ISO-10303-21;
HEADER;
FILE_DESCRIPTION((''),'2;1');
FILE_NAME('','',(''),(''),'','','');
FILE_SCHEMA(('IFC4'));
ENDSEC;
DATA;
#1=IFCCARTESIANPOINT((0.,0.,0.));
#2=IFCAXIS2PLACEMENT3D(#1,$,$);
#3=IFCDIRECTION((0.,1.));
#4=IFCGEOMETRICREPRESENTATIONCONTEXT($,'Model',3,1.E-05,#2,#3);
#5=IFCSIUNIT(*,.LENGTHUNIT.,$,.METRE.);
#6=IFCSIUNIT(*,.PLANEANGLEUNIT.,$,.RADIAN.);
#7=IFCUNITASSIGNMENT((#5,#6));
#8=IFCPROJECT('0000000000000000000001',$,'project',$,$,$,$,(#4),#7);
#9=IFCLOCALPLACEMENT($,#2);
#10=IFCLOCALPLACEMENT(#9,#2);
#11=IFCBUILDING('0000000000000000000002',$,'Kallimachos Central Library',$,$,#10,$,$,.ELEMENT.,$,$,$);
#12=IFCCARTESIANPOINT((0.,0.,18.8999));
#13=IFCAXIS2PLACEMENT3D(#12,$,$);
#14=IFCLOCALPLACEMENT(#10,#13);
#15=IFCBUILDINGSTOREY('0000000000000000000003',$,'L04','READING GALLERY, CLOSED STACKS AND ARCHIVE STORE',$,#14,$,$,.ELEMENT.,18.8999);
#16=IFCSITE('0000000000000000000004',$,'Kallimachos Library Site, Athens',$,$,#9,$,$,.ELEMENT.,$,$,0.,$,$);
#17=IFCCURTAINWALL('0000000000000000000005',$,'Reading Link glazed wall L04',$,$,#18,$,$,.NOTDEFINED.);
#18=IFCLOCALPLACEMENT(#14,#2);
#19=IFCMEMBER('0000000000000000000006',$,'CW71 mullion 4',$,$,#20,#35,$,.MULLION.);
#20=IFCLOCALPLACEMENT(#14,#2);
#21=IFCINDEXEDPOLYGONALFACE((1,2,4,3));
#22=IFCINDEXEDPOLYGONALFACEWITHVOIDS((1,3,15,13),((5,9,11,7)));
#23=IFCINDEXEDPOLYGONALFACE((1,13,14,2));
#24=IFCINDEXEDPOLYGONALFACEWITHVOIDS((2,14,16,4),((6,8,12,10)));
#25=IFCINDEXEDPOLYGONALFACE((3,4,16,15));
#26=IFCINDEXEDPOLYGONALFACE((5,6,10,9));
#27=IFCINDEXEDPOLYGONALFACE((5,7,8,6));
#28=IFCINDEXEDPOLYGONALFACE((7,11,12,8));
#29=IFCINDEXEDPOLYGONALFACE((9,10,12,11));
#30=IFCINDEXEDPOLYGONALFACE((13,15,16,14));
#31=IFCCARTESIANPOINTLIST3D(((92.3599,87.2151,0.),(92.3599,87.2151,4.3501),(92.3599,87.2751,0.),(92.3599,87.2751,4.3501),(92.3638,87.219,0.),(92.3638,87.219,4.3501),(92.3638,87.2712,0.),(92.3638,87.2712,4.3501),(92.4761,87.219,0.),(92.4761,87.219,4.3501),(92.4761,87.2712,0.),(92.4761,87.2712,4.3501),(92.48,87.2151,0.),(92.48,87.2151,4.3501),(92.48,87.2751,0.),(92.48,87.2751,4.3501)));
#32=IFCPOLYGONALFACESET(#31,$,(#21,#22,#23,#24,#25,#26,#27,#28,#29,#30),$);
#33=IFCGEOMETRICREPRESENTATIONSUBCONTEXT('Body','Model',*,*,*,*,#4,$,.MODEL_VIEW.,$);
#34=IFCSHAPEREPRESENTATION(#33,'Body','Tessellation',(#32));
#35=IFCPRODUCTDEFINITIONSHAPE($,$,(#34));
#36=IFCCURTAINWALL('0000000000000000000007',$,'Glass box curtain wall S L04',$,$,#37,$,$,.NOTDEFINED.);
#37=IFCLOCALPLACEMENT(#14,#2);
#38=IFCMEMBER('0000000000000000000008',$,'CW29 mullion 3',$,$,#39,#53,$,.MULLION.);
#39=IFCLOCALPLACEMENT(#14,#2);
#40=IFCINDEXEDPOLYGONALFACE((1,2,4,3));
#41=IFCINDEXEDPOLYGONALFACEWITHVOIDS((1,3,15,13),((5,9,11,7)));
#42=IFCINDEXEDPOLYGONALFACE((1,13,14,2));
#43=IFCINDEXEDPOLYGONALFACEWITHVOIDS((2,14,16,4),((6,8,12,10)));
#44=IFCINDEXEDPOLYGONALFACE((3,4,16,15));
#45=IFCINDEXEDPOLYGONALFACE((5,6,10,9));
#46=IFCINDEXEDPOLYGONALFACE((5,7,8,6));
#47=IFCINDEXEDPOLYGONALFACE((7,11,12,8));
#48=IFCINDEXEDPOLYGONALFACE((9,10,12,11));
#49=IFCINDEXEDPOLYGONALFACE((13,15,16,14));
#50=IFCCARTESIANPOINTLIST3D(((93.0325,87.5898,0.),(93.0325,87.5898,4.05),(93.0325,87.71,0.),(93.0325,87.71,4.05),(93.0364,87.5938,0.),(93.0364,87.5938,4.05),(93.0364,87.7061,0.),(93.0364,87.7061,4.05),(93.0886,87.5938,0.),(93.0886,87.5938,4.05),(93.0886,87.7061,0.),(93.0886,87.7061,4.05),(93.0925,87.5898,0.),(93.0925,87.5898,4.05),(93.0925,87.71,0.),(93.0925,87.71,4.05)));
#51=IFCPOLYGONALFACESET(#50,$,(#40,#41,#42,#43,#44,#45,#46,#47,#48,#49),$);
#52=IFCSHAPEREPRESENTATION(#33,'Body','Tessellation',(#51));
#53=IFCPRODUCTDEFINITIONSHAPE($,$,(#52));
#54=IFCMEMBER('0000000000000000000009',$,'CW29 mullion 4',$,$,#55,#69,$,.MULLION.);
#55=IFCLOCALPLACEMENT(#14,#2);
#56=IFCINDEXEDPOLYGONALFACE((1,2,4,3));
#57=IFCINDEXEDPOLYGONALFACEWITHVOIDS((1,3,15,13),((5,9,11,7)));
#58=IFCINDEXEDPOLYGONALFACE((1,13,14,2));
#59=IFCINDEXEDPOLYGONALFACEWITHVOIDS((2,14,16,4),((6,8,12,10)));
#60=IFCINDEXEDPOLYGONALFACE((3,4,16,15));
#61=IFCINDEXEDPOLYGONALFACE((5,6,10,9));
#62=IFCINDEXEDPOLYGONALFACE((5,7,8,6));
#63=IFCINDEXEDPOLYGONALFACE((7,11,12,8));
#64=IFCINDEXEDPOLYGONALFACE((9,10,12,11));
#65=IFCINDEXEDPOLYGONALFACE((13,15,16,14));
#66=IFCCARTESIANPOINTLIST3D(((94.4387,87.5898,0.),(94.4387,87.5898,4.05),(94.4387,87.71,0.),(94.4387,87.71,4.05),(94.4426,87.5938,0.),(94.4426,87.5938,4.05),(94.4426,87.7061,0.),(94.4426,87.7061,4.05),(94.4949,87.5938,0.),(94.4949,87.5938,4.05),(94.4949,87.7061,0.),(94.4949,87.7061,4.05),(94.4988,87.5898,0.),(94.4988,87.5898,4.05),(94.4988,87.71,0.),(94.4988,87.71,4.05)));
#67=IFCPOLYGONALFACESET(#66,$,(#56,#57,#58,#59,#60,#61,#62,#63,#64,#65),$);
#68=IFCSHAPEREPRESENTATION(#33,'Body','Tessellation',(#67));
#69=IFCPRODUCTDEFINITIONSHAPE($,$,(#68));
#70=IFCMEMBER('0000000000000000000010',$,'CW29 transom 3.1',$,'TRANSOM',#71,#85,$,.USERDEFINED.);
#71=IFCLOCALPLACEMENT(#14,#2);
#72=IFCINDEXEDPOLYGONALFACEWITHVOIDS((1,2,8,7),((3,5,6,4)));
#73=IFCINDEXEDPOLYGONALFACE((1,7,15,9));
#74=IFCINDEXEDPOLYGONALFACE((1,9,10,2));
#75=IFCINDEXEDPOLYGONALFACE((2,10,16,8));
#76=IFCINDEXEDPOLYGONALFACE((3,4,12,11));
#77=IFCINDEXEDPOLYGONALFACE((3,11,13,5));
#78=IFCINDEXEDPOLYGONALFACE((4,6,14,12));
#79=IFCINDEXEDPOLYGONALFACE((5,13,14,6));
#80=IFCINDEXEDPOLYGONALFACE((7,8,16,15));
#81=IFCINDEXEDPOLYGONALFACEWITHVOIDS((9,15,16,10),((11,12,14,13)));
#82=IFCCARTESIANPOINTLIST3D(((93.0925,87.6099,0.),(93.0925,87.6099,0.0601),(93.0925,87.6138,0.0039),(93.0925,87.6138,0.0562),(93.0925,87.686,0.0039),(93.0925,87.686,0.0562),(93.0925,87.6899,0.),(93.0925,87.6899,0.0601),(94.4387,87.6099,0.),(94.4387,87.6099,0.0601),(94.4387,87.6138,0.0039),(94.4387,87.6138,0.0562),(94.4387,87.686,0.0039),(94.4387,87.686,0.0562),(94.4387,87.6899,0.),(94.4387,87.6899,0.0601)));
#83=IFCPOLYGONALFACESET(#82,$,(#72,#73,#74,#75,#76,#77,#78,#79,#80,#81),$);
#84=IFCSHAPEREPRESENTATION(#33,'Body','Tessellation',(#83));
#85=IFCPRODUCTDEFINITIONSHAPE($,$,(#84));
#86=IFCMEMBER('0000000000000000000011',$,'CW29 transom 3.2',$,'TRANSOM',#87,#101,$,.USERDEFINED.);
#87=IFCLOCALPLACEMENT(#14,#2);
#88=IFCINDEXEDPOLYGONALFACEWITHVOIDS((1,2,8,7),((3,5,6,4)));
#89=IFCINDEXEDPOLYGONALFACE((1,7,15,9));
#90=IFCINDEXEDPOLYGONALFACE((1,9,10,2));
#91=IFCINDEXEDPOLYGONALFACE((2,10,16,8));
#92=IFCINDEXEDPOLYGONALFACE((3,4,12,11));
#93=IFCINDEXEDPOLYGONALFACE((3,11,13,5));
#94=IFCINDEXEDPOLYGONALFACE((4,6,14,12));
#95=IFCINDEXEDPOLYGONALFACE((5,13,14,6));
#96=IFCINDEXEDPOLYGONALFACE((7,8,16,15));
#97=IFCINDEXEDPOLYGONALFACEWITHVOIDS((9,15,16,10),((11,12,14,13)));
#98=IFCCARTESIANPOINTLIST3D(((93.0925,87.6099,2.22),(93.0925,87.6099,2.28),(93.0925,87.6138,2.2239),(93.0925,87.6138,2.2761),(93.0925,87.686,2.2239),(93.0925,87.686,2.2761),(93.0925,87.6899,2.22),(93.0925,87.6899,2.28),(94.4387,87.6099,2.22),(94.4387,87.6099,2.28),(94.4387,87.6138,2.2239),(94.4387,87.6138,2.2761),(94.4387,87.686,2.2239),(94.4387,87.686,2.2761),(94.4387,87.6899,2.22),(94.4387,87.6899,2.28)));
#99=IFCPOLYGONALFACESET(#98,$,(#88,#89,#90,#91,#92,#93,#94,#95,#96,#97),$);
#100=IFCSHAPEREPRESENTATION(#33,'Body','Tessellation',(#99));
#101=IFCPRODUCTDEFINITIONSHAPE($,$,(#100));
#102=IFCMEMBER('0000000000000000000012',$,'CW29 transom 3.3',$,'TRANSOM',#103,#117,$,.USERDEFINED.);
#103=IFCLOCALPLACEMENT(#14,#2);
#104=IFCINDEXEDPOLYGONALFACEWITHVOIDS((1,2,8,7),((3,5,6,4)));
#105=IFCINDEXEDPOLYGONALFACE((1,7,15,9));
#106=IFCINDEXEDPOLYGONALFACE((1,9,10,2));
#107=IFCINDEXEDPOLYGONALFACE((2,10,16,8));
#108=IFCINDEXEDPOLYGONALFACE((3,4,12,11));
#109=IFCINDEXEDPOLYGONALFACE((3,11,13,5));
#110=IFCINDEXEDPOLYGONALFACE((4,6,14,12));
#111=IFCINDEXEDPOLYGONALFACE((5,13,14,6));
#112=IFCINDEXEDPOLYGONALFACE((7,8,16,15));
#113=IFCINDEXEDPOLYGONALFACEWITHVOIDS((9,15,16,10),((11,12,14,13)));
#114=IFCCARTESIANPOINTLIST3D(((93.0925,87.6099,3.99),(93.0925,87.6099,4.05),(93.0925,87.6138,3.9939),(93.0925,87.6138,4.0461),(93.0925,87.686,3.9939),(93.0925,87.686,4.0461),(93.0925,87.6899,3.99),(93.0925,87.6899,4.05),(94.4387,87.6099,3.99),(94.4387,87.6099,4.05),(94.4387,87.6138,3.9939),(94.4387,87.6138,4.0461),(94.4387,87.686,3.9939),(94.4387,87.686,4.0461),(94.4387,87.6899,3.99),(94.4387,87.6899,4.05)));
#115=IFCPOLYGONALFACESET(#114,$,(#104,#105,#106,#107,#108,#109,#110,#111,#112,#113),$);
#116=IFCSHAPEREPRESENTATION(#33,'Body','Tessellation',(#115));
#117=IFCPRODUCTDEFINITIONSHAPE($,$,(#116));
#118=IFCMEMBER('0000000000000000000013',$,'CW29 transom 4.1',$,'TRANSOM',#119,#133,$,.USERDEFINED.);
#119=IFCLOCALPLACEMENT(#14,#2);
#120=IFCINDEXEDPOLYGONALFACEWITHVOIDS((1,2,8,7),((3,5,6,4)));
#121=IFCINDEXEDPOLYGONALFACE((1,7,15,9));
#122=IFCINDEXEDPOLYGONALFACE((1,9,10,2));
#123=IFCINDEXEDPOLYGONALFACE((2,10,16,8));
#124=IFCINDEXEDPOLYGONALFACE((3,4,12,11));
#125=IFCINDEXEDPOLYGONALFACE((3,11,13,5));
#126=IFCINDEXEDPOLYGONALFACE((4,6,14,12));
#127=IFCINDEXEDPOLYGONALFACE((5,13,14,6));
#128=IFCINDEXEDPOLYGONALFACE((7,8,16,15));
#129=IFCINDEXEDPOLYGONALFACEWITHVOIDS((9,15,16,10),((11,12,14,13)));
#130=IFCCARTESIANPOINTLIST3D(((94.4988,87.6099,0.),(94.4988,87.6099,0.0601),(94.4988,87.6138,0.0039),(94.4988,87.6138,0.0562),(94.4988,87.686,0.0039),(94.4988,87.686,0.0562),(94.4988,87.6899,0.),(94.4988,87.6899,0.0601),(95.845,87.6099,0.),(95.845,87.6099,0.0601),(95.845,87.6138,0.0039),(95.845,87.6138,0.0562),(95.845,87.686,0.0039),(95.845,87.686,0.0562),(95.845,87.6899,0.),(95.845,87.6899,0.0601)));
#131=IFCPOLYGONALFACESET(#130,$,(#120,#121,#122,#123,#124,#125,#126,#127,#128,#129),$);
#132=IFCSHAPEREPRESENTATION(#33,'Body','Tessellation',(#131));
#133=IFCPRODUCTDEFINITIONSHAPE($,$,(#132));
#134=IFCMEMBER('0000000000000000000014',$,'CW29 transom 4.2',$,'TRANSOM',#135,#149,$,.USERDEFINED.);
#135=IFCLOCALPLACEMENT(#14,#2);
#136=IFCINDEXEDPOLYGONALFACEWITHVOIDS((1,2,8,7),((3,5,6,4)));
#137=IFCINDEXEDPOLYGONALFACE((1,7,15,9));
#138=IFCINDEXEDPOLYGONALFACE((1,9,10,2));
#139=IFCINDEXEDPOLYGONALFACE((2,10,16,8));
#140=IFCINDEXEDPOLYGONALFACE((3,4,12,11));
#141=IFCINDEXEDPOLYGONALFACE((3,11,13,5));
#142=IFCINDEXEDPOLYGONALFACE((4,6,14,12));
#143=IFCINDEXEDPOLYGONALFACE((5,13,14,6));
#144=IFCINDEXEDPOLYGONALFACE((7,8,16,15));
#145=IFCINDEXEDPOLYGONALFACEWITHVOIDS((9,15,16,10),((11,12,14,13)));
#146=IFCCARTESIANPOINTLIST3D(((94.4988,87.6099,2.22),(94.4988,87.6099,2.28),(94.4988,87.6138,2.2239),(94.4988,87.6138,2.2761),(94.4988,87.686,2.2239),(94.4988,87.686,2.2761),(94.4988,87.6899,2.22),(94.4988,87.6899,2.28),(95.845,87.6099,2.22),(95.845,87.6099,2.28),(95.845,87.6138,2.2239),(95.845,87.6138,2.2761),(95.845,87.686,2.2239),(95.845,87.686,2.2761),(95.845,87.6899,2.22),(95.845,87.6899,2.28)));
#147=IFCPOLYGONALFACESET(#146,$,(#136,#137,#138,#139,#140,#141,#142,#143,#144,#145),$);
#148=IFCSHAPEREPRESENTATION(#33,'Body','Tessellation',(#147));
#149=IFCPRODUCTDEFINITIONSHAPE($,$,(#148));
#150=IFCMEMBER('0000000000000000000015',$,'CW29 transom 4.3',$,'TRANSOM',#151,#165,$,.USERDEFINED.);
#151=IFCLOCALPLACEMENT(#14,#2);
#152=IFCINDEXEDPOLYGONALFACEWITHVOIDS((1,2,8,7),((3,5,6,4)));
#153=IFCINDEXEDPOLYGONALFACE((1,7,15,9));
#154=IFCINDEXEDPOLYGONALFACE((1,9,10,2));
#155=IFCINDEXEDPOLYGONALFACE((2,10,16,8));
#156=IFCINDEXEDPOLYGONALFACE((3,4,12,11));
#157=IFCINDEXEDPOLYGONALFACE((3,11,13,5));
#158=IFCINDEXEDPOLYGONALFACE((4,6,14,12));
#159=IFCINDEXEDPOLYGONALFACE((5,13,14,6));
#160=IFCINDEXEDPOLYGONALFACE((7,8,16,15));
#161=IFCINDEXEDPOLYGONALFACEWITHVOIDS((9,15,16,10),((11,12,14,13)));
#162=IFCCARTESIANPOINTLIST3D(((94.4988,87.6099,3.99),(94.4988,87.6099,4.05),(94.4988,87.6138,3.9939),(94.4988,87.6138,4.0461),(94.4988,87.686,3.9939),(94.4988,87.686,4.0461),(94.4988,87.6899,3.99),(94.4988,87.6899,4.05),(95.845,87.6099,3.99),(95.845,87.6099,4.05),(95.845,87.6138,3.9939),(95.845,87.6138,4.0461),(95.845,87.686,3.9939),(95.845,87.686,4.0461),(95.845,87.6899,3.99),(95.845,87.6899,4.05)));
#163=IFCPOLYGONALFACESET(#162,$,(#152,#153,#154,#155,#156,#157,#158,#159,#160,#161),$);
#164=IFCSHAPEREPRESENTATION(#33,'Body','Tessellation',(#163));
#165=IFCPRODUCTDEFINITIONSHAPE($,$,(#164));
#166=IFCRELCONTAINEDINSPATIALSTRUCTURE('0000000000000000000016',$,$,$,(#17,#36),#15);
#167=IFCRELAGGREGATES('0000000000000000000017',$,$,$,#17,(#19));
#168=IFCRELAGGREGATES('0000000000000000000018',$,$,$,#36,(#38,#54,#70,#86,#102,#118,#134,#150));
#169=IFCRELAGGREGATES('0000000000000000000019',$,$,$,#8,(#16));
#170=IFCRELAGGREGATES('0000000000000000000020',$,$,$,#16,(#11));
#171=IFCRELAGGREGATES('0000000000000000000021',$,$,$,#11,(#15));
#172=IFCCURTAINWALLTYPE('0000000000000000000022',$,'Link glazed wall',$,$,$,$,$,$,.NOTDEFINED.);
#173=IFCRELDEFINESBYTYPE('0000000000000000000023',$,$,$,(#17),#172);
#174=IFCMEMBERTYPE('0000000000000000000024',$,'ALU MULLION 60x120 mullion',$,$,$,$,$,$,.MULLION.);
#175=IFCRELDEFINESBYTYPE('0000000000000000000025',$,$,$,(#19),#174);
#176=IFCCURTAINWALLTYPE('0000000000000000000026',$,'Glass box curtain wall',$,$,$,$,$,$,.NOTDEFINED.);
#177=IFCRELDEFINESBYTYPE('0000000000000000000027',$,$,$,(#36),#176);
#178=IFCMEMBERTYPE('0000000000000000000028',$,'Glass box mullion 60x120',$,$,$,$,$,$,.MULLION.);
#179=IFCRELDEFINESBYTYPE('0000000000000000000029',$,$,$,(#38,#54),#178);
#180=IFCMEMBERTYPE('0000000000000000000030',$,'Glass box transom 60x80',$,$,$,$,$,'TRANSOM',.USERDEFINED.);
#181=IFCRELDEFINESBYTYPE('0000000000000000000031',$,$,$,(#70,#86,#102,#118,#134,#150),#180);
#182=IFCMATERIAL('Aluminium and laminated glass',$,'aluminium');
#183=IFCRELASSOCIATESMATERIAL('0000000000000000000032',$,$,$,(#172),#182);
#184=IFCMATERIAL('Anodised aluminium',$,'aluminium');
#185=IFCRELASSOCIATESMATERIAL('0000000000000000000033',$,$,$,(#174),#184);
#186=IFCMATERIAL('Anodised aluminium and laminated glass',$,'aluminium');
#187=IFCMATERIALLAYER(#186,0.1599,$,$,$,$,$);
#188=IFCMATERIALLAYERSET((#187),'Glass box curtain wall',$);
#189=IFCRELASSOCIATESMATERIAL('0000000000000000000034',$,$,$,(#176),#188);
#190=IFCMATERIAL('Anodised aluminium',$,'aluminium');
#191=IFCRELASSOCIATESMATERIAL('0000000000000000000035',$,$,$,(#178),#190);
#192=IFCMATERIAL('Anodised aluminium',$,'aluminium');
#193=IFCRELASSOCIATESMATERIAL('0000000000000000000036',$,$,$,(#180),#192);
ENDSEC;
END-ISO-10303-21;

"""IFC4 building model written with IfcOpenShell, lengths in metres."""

from ifc_helpers import new_model, si_unit, direction, frame, origin, origin_2d, place, context, subcontext, project, spatial, hollow_rectangle, extrude, material, layer, layer_set, material_profile, profile_set, type_object, element, aggregate, save


model = new_model("IFC4")

# Units and contexts
model_context = context("Model", 3, precision=1e-05, world=origin(), true_north=direction((0.0, 1.0)))
body_context = subcontext(model_context, "Body", "Model", "MODEL_VIEW")
ifc_project = project(units=[si_unit("LENGTHUNIT", "METRE"), si_unit("PLANEANGLEUNIT", "RADIAN")], contexts=[model_context])

# Site, building, storey
site_placement = place(None, origin())
site = spatial("IfcSite", under=ifc_project, at=site_placement, Name="Kallimachos Library Site, Athens", CompositionType="ELEMENT", RefElevation=0.0)
building_placement = place(site_placement, origin())
building = spatial("IfcBuilding", under=site, at=building_placement, Name="Kallimachos Central Library", CompositionType="ELEMENT")
storey_placement = place(building_placement, frame((0.0, 0.0, 18.8999)))
storey = spatial("IfcBuildingStorey", under=building, at=storey_placement, Name="L04", Description="READING GALLERY, CLOSED STACKS AND ARCHIVE STORE", CompositionType="ELEMENT", Elevation=18.8999)

# Curtain wall, member
ifc_material_1 = material(Name="Aluminium and laminated glass", Category="aluminium")
curtain_wall_type_1 = type_object("IfcCurtainWallType", Name="Link glazed wall", PredefinedType="NOTDEFINED", material=ifc_material_1)
curtain_wall_1_placement = place(storey_placement, origin())
curtain_wall_1 = element("IfcCurtainWall", 1, at=curtain_wall_1_placement, inside=storey, type_object=curtain_wall_type_1, Name="Reading Link glazed wall L04", PredefinedType="NOTDEFINED")
ifc_material_2 = material(Name="Anodised aluminium", Category="aluminium")
ifc_material_profile_1 = material_profile(ifc_material_2, hollow_rectangle(XDim=0.0601, YDim=0.1201, WallThickness=0.0039, at=origin_2d()), Name="ALU MULLION 60x120")
ifc_profile_set_1 = profile_set([ifc_material_profile_1], Name="Anodised aluminium")
member_type_1 = type_object("IfcMemberType", Name="ALU MULLION 60x120 mullion", PredefinedType="MULLION", material=ifc_profile_set_1)
member_1_placement = place(storey_placement, frame((92.4199, 87.2451, 0.0), z_axis=(0.0, 0.0, 1.0), x_axis=(0.0, 1.0, 0.0)))
member_1 = element("IfcMember", 2, at=member_1_placement, type_object=member_type_1, Name="CW71 mullion 4", PredefinedType="MULLION", context=body_context, shape_type="SweptSolid", body=[
    extrude(hollow_rectangle(XDim=0.0601, YDim=0.1201, WallThickness=0.0039, at=origin_2d()), origin(), (0.0, 0.0, 1.0), 4.3501),
])
aggregate(curtain_wall_1, [member_1])

# Curtain wall, members
ifc_material_3 = material(Name="Anodised aluminium and laminated glass", Category="aluminium")
ifc_layer_1 = layer(ifc_material_3, 0.1599)
ifc_layer_set_1 = layer_set([ifc_layer_1], Name="Glass box curtain wall")
curtain_wall_type_2 = type_object("IfcCurtainWallType", Name="Glass box curtain wall", PredefinedType="NOTDEFINED", material=ifc_layer_set_1)
curtain_wall_2_placement = place(storey_placement, origin())
curtain_wall_2 = element("IfcCurtainWall", 3, at=curtain_wall_2_placement, inside=storey, type_object=curtain_wall_type_2, Name="Glass box curtain wall S L04", PredefinedType="NOTDEFINED")
ifc_material_4 = material(Name="Anodised aluminium", Category="aluminium")
ifc_material_profile_2 = material_profile(ifc_material_4, hollow_rectangle(XDim=0.0601, YDim=0.1201, WallThickness=0.0039, at=origin_2d()), Name="ALU MULLION 60x120")
ifc_profile_set_2 = profile_set([ifc_material_profile_2], Name="Anodised aluminium")
member_type_2 = type_object("IfcMemberType", Name="Glass box mullion 60x120", PredefinedType="MULLION", material=ifc_profile_set_2)
member_2_placement = place(storey_placement, frame((93.0625, 87.6499, 0.0), z_axis=(0.0, 0.0, 1.0), x_axis=(1.0, 0.0, 0.0)))
member_2 = element("IfcMember", 4, at=member_2_placement, type_object=member_type_2, Name="CW29 mullion 3", PredefinedType="MULLION", context=body_context, shape_type="SweptSolid", body=[
    extrude(hollow_rectangle(XDim=0.0601, YDim=0.1201, WallThickness=0.0039, at=origin_2d()), origin(), (0.0, 0.0, 1.0), 4.05),
])
member_3_placement = place(storey_placement, frame((94.4688, 87.6499, 0.0), z_axis=(0.0, 0.0, 1.0), x_axis=(1.0, 0.0, 0.0)))
member_3 = element("IfcMember", 5, at=member_3_placement, type_object=member_type_2, Name="CW29 mullion 4", PredefinedType="MULLION", context=body_context, shape_type="SweptSolid", body=[
    extrude(hollow_rectangle(XDim=0.0601, YDim=0.1201, WallThickness=0.0039, at=origin_2d()), origin(), (0.0, 0.0, 1.0), 4.05),
])
ifc_material_5 = material(Name="Anodised aluminium", Category="aluminium")
ifc_material_profile_3 = material_profile(ifc_material_5, hollow_rectangle(XDim=0.0601, YDim=0.0801, WallThickness=0.0039, at=origin_2d()), Name="ALU TRANSOM 60x80")
ifc_profile_set_3 = profile_set([ifc_material_profile_3], Name="Anodised aluminium")
member_type_3 = type_object("IfcMemberType", Name="Glass box transom 60x80", ElementType="TRANSOM", PredefinedType="USERDEFINED", material=ifc_profile_set_3)
member_4_placement = place(storey_placement, frame((93.0925, 87.6499, 0.03), z_axis=(1.0, 0.0, 0.0), x_axis=(0.0, 0.0, 1.0)))
member_4 = element("IfcMember", 6, at=member_4_placement, type_object=member_type_3, Name="CW29 transom 3.1", ObjectType="TRANSOM", PredefinedType="USERDEFINED", context=body_context, shape_type="SweptSolid", body=[
    extrude(hollow_rectangle(XDim=0.0601, YDim=0.0801, WallThickness=0.0039, at=origin_2d()), origin(), (0.0, 0.0, 1.0), 1.3462),
])
member_5_placement = place(storey_placement, frame((93.0925, 87.6499, 2.25), z_axis=(1.0, 0.0, 0.0), x_axis=(0.0, 0.0, 1.0)))
member_5 = element("IfcMember", 7, at=member_5_placement, type_object=member_type_3, Name="CW29 transom 3.2", ObjectType="TRANSOM", PredefinedType="USERDEFINED", context=body_context, shape_type="SweptSolid", body=[
    extrude(hollow_rectangle(XDim=0.0601, YDim=0.0801, WallThickness=0.0039, at=origin_2d()), origin(), (0.0, 0.0, 1.0), 1.3462),
])
member_6_placement = place(storey_placement, frame((93.0925, 87.6499, 4.02), z_axis=(1.0, 0.0, 0.0), x_axis=(0.0, 0.0, 1.0)))
member_6 = element("IfcMember", 8, at=member_6_placement, type_object=member_type_3, Name="CW29 transom 3.3", ObjectType="TRANSOM", PredefinedType="USERDEFINED", context=body_context, shape_type="SweptSolid", body=[
    extrude(hollow_rectangle(XDim=0.0601, YDim=0.0801, WallThickness=0.0039, at=origin_2d()), origin(), (0.0, 0.0, 1.0), 1.3462),
])
member_7_placement = place(storey_placement, frame((94.4988, 87.6499, 0.03), z_axis=(1.0, 0.0, 0.0), x_axis=(0.0, 0.0, 1.0)))
member_7 = element("IfcMember", 9, at=member_7_placement, type_object=member_type_3, Name="CW29 transom 4.1", ObjectType="TRANSOM", PredefinedType="USERDEFINED", context=body_context, shape_type="SweptSolid", body=[
    extrude(hollow_rectangle(XDim=0.0601, YDim=0.0801, WallThickness=0.0039, at=origin_2d()), origin(), (0.0, 0.0, 1.0), 1.3462),
])
member_8_placement = place(storey_placement, frame((94.4988, 87.6499, 2.25), z_axis=(1.0, 0.0, 0.0), x_axis=(0.0, 0.0, 1.0)))
member_8 = element("IfcMember", 10, at=member_8_placement, type_object=member_type_3, Name="CW29 transom 4.2", ObjectType="TRANSOM", PredefinedType="USERDEFINED", context=body_context, shape_type="SweptSolid", body=[
    extrude(hollow_rectangle(XDim=0.0601, YDim=0.0801, WallThickness=0.0039, at=origin_2d()), origin(), (0.0, 0.0, 1.0), 1.3462),
])
member_9_placement = place(storey_placement, frame((94.4988, 87.6499, 4.02), z_axis=(1.0, 0.0, 0.0), x_axis=(0.0, 0.0, 1.0)))
member_9 = element("IfcMember", 11, at=member_9_placement, type_object=member_type_3, Name="CW29 transom 4.3", ObjectType="TRANSOM", PredefinedType="USERDEFINED", context=body_context, shape_type="SweptSolid", body=[
    extrude(hollow_rectangle(XDim=0.0601, YDim=0.0801, WallThickness=0.0039, at=origin_2d()), origin(), (0.0, 0.0, 1.0), 1.3462),
])

aggregate(curtain_wall_2, [member_2, member_3, member_4, member_5, member_6, member_7, member_8, member_9])

save(model, "model.ifc")
